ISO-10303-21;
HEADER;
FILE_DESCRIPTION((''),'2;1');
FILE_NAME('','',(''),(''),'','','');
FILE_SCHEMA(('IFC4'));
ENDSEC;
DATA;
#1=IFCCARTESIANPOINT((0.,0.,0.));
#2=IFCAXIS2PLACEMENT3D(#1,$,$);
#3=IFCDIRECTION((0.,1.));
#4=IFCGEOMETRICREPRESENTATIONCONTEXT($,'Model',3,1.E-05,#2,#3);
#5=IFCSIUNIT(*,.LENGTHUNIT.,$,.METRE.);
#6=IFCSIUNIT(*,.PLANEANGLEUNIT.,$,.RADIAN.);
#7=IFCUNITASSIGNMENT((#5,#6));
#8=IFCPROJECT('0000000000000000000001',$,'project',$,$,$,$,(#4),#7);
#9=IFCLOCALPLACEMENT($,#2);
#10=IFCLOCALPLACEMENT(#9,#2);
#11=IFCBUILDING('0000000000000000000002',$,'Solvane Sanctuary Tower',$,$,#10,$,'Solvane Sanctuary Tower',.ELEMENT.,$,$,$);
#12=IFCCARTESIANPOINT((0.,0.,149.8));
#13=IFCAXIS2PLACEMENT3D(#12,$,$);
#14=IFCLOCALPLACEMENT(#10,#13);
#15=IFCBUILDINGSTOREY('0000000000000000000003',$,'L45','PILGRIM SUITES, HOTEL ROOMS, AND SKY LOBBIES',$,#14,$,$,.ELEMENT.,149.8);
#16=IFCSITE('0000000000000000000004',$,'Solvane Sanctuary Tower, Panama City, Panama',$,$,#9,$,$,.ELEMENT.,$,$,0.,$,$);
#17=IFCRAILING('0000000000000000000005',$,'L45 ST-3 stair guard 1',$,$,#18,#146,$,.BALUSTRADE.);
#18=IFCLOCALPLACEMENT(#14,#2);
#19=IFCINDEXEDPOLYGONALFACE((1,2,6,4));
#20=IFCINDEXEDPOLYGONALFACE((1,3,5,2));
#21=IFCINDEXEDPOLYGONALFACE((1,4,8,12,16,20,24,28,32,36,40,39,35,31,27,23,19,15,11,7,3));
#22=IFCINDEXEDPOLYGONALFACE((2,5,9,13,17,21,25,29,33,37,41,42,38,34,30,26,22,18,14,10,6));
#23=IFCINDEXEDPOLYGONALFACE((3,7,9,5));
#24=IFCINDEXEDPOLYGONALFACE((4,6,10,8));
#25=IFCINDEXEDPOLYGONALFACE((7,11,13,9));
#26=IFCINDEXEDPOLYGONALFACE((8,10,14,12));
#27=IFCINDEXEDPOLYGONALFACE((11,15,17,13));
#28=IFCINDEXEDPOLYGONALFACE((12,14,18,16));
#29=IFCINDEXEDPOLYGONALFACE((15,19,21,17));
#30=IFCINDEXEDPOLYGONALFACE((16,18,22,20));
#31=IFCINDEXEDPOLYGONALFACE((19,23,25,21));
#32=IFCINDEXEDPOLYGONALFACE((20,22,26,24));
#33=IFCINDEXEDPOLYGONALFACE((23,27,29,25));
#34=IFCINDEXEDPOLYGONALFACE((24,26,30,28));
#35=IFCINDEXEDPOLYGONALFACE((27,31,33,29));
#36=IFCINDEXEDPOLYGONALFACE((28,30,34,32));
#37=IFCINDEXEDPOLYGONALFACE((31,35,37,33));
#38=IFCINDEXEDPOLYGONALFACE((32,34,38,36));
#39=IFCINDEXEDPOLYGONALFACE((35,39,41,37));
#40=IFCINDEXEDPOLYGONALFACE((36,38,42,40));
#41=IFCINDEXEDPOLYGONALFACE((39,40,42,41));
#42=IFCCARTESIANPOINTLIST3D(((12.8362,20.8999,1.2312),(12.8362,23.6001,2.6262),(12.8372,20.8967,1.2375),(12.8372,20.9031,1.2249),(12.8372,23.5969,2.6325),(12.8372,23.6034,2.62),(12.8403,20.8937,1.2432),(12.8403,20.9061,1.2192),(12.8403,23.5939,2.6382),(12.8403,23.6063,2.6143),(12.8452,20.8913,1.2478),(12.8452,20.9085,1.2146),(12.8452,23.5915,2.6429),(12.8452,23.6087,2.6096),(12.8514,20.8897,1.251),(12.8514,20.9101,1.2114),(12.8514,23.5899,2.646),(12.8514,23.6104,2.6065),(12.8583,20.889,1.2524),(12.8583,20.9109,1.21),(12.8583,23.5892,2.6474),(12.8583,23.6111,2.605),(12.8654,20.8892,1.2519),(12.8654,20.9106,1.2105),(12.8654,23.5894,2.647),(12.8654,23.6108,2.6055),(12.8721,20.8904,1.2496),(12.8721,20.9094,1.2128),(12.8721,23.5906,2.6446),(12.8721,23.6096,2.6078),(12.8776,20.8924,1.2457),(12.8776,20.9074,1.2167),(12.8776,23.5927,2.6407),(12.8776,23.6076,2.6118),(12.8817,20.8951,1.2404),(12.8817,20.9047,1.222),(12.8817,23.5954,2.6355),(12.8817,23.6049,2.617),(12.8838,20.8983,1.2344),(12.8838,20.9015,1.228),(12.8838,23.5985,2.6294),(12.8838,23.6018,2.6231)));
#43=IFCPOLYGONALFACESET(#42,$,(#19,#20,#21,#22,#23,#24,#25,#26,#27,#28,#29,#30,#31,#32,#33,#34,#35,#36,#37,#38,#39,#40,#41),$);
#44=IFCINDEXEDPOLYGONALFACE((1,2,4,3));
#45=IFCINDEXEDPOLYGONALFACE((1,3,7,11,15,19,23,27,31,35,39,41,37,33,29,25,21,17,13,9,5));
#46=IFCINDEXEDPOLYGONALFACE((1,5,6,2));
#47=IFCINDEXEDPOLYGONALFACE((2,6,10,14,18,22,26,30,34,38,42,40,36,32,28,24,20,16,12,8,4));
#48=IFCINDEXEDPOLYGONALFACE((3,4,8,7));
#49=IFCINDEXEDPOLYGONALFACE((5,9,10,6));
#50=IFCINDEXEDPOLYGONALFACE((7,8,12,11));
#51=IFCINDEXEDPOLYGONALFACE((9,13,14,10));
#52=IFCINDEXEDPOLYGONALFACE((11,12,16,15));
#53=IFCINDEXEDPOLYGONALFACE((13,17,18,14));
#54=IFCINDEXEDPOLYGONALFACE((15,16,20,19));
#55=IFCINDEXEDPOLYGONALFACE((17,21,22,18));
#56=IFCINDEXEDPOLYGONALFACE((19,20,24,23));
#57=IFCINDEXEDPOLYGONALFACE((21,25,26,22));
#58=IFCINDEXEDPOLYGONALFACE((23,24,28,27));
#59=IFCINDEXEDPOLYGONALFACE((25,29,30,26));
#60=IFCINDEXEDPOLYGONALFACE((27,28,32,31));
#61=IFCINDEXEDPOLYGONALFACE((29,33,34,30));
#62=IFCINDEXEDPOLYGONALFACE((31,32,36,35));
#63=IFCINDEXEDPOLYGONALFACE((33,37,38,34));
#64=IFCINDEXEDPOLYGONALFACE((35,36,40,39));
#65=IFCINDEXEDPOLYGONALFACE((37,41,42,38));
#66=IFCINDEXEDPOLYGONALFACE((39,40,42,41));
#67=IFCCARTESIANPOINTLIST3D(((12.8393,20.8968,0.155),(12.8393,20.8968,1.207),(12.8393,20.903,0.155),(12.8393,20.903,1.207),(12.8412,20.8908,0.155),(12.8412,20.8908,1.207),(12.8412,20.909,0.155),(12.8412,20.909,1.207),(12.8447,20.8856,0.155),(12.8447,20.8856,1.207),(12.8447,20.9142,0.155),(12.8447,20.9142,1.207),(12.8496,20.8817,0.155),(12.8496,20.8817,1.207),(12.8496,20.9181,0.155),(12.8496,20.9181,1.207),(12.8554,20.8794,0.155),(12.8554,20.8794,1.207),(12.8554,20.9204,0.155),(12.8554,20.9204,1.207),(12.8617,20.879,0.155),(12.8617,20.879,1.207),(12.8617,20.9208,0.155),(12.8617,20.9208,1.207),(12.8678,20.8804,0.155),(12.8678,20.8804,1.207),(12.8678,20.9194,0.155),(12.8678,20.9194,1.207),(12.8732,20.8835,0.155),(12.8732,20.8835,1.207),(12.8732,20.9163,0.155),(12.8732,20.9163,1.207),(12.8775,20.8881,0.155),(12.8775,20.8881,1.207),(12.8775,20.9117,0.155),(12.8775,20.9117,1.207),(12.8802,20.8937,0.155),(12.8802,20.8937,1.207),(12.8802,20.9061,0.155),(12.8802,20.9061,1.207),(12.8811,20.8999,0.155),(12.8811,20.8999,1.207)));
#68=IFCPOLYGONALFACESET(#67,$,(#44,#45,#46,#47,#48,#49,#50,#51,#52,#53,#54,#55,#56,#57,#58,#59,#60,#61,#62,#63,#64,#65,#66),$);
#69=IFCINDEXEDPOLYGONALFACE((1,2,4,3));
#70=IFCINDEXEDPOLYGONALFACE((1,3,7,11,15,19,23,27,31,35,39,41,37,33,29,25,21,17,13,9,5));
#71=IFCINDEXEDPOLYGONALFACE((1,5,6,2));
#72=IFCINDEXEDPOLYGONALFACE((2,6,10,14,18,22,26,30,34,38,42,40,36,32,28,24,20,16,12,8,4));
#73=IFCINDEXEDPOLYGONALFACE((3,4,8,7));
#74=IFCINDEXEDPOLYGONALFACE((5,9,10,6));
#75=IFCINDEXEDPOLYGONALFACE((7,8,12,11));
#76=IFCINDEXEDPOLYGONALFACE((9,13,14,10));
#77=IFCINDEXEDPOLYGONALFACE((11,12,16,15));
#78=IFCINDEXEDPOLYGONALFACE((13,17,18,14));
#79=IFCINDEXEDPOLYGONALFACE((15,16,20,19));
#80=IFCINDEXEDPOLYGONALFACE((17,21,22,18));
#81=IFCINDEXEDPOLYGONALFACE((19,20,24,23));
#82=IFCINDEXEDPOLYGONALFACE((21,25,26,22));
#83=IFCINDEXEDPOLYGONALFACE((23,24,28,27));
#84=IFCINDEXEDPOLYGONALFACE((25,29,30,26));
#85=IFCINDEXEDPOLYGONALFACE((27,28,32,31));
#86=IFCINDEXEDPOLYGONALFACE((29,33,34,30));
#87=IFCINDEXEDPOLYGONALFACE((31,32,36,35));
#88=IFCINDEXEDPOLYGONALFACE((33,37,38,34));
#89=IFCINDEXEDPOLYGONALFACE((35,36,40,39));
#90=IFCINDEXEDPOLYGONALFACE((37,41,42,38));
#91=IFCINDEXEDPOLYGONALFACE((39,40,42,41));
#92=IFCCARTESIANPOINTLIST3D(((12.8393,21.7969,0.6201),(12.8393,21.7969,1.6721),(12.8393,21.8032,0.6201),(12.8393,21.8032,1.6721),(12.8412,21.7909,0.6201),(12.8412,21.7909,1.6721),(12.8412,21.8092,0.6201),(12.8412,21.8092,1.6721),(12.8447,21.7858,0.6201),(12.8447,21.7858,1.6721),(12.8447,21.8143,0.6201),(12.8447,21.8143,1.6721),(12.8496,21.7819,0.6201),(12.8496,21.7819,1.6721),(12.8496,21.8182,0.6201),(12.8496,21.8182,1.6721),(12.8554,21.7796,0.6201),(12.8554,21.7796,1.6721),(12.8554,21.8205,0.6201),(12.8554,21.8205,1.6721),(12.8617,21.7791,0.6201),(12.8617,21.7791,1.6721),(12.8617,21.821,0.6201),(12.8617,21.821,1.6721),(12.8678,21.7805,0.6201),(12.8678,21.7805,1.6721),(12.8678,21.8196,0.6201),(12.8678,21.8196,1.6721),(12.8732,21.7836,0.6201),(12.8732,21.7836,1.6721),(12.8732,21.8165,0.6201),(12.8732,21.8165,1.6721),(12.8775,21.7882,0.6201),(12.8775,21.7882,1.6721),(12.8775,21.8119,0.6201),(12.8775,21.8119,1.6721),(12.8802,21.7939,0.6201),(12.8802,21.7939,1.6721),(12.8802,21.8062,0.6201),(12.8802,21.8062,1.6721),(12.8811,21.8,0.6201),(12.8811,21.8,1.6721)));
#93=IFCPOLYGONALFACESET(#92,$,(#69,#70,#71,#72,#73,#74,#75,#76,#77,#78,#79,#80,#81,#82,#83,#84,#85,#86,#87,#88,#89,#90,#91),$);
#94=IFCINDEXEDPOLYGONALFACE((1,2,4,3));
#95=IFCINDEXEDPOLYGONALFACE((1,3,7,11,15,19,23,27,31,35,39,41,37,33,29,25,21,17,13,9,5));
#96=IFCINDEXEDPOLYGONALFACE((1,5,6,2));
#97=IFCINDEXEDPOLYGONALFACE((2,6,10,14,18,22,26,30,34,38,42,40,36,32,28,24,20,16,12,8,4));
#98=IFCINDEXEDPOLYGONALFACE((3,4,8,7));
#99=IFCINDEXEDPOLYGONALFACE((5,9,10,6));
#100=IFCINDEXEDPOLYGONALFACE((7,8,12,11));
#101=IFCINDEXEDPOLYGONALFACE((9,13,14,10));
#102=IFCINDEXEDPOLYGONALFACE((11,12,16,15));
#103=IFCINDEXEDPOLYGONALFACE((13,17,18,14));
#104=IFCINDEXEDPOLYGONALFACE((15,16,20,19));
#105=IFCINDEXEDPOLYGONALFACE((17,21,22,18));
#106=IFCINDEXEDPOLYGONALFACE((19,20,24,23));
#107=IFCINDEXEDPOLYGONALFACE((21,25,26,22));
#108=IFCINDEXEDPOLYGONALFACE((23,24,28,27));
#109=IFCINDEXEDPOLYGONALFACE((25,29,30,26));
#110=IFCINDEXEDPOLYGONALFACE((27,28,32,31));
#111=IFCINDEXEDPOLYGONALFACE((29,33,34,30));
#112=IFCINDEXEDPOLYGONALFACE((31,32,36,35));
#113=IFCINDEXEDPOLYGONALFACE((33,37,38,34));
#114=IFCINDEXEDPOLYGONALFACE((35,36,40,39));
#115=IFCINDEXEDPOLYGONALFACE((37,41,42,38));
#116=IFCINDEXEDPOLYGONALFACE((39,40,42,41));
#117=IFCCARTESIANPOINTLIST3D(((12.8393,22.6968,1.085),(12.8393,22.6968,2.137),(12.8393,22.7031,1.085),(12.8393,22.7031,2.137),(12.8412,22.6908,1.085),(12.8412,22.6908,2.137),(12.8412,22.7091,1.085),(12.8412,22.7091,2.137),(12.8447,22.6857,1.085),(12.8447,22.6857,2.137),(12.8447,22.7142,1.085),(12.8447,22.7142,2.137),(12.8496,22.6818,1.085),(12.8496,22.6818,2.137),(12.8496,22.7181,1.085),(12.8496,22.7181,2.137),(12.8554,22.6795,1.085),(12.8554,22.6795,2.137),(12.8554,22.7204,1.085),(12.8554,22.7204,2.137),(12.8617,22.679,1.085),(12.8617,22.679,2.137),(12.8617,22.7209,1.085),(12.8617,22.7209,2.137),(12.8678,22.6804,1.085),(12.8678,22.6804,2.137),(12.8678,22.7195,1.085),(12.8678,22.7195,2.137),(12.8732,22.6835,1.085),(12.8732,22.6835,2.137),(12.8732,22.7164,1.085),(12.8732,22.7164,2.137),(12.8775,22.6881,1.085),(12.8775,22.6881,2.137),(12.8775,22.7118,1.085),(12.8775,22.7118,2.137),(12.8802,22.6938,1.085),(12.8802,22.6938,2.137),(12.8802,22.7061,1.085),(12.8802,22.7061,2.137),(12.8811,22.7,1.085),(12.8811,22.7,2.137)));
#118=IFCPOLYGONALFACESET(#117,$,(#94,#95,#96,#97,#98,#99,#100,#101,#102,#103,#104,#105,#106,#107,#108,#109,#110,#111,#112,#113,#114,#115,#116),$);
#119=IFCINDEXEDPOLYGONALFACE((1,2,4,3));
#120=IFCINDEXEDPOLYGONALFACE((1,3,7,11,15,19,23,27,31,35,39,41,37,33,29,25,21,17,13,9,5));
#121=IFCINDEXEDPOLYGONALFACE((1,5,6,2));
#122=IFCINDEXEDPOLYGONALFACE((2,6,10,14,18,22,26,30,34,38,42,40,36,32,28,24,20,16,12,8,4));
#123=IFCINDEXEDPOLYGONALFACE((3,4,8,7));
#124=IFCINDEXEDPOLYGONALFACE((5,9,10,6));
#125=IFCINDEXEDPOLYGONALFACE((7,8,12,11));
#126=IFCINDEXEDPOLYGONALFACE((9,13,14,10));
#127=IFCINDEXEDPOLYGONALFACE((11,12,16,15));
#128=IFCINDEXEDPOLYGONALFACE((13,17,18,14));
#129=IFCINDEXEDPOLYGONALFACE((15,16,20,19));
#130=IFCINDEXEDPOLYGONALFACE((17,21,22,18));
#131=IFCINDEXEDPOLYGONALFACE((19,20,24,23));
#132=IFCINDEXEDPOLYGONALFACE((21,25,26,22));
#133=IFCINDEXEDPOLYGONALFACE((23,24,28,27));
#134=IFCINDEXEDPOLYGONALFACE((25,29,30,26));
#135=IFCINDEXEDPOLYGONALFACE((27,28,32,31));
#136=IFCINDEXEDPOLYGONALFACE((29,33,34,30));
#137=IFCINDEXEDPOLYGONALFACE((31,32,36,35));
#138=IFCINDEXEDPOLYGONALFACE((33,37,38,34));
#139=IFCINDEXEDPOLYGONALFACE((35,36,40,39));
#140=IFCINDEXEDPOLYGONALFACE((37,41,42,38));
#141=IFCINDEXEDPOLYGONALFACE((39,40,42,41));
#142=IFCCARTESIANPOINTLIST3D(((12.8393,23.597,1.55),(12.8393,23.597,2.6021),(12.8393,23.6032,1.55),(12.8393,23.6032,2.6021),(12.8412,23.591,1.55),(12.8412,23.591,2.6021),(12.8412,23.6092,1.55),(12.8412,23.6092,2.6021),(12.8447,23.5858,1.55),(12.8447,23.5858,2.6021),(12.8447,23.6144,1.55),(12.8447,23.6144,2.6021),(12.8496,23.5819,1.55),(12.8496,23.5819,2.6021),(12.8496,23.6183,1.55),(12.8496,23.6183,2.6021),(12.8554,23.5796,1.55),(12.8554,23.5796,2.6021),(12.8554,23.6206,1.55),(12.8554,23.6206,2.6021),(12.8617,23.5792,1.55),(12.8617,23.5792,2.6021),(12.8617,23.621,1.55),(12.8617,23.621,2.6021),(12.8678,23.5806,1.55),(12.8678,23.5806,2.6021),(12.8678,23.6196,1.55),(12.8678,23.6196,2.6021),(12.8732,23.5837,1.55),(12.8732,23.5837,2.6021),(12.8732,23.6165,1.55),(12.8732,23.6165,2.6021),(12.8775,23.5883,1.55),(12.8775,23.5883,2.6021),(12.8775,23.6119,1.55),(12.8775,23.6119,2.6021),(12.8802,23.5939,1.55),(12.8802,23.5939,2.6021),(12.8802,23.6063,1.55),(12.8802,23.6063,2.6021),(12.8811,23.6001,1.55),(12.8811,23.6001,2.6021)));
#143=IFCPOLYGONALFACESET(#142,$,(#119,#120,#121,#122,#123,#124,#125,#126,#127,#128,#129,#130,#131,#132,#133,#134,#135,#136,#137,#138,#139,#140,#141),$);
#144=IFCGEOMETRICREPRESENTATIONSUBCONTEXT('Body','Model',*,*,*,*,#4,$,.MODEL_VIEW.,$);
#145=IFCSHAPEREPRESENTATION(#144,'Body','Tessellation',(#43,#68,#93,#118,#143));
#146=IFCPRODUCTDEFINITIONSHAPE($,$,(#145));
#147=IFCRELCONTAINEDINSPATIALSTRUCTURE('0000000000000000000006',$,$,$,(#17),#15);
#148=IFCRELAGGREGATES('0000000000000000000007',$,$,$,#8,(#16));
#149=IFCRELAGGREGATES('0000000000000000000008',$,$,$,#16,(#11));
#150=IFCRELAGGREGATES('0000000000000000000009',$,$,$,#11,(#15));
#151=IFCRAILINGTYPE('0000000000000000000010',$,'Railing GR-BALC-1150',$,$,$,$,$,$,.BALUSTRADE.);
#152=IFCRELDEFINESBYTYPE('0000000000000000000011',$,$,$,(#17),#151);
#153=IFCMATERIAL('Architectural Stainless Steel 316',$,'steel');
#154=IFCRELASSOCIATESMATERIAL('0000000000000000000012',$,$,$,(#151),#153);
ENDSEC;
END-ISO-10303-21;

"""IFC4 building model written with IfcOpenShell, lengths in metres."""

from ifc_helpers import new_model, si_unit, direction, frame, origin, origin_2d, place, context, subcontext, project, spatial, circle, extrude, material, type_object, element, save


model = new_model("IFC4")

# Units and contexts
model_context = context("Model", 3, precision=1e-05, world=origin(), true_north=direction((0.0, 1.0)))
body_context = subcontext(model_context, "Body", "Model", "MODEL_VIEW")
ifc_project = project(units=[si_unit("LENGTHUNIT", "METRE"), si_unit("PLANEANGLEUNIT", "RADIAN")], contexts=[model_context])

# Site, building, storey
site_placement = place(None, origin())
site = spatial("IfcSite", under=ifc_project, at=site_placement, Name="Solvane Sanctuary Tower, Panama City, Panama", CompositionType="ELEMENT", RefElevation=0.0)
building_placement = place(site_placement, origin())
building = spatial("IfcBuilding", under=site, at=building_placement, Name="Solvane Sanctuary Tower", LongName="Solvane Sanctuary Tower", CompositionType="ELEMENT")
storey_placement = place(building_placement, frame((0.0, 0.0, 149.8)))
storey = spatial("IfcBuildingStorey", under=building, at=storey_placement, Name="L45", Description="PILGRIM SUITES, HOTEL ROOMS, AND SKY LOBBIES", CompositionType="ELEMENT", Elevation=149.8)

# Shared definitions
ifc_material_1 = material(Name="Architectural Stainless Steel 316", Category="steel")

# Railing
railing_type_1 = type_object("IfcRailingType", Name="Railing GR-BALC-1150", PredefinedType="BALUSTRADE", material=ifc_material_1)
railing_1_placement = place(storey_placement, frame((12.8601, 20.8999, 0.155)))
element("IfcRailing", 1, at=railing_1_placement, inside=storey, type_object=railing_type_1, Name="L45 ST-3 stair guard 1", PredefinedType="BALUSTRADE", context=body_context, shape_type="SweptSolid", body=[
    extrude(circle(Radius=0.0239, at=origin_2d()), frame((0.0, 0.0, 1.0762), z_axis=(0.0, 0.888437, 0.458999), x_axis=(-1.0, 0.0, 0.0)), (0.0, 0.0, 1.0), 3.0393),
    extrude(circle(Radius=0.021, at=origin_2d()), origin(), (0.0, 0.0, 1.0), 1.052),
    extrude(circle(Radius=0.021, at=origin_2d()), frame((0.0, 0.9001, 0.4651)), (0.0, 0.0, 1.0), 1.052),
    extrude(circle(Radius=0.021, at=origin_2d()), frame((0.0, 1.8, 0.9299)), (0.0, 0.0, 1.0), 1.052),
    extrude(circle(Radius=0.021, at=origin_2d()), frame((0.0, 2.7002, 1.395)), (0.0, 0.0, 1.0), 1.052),
])

save(model, "model.ifc")
